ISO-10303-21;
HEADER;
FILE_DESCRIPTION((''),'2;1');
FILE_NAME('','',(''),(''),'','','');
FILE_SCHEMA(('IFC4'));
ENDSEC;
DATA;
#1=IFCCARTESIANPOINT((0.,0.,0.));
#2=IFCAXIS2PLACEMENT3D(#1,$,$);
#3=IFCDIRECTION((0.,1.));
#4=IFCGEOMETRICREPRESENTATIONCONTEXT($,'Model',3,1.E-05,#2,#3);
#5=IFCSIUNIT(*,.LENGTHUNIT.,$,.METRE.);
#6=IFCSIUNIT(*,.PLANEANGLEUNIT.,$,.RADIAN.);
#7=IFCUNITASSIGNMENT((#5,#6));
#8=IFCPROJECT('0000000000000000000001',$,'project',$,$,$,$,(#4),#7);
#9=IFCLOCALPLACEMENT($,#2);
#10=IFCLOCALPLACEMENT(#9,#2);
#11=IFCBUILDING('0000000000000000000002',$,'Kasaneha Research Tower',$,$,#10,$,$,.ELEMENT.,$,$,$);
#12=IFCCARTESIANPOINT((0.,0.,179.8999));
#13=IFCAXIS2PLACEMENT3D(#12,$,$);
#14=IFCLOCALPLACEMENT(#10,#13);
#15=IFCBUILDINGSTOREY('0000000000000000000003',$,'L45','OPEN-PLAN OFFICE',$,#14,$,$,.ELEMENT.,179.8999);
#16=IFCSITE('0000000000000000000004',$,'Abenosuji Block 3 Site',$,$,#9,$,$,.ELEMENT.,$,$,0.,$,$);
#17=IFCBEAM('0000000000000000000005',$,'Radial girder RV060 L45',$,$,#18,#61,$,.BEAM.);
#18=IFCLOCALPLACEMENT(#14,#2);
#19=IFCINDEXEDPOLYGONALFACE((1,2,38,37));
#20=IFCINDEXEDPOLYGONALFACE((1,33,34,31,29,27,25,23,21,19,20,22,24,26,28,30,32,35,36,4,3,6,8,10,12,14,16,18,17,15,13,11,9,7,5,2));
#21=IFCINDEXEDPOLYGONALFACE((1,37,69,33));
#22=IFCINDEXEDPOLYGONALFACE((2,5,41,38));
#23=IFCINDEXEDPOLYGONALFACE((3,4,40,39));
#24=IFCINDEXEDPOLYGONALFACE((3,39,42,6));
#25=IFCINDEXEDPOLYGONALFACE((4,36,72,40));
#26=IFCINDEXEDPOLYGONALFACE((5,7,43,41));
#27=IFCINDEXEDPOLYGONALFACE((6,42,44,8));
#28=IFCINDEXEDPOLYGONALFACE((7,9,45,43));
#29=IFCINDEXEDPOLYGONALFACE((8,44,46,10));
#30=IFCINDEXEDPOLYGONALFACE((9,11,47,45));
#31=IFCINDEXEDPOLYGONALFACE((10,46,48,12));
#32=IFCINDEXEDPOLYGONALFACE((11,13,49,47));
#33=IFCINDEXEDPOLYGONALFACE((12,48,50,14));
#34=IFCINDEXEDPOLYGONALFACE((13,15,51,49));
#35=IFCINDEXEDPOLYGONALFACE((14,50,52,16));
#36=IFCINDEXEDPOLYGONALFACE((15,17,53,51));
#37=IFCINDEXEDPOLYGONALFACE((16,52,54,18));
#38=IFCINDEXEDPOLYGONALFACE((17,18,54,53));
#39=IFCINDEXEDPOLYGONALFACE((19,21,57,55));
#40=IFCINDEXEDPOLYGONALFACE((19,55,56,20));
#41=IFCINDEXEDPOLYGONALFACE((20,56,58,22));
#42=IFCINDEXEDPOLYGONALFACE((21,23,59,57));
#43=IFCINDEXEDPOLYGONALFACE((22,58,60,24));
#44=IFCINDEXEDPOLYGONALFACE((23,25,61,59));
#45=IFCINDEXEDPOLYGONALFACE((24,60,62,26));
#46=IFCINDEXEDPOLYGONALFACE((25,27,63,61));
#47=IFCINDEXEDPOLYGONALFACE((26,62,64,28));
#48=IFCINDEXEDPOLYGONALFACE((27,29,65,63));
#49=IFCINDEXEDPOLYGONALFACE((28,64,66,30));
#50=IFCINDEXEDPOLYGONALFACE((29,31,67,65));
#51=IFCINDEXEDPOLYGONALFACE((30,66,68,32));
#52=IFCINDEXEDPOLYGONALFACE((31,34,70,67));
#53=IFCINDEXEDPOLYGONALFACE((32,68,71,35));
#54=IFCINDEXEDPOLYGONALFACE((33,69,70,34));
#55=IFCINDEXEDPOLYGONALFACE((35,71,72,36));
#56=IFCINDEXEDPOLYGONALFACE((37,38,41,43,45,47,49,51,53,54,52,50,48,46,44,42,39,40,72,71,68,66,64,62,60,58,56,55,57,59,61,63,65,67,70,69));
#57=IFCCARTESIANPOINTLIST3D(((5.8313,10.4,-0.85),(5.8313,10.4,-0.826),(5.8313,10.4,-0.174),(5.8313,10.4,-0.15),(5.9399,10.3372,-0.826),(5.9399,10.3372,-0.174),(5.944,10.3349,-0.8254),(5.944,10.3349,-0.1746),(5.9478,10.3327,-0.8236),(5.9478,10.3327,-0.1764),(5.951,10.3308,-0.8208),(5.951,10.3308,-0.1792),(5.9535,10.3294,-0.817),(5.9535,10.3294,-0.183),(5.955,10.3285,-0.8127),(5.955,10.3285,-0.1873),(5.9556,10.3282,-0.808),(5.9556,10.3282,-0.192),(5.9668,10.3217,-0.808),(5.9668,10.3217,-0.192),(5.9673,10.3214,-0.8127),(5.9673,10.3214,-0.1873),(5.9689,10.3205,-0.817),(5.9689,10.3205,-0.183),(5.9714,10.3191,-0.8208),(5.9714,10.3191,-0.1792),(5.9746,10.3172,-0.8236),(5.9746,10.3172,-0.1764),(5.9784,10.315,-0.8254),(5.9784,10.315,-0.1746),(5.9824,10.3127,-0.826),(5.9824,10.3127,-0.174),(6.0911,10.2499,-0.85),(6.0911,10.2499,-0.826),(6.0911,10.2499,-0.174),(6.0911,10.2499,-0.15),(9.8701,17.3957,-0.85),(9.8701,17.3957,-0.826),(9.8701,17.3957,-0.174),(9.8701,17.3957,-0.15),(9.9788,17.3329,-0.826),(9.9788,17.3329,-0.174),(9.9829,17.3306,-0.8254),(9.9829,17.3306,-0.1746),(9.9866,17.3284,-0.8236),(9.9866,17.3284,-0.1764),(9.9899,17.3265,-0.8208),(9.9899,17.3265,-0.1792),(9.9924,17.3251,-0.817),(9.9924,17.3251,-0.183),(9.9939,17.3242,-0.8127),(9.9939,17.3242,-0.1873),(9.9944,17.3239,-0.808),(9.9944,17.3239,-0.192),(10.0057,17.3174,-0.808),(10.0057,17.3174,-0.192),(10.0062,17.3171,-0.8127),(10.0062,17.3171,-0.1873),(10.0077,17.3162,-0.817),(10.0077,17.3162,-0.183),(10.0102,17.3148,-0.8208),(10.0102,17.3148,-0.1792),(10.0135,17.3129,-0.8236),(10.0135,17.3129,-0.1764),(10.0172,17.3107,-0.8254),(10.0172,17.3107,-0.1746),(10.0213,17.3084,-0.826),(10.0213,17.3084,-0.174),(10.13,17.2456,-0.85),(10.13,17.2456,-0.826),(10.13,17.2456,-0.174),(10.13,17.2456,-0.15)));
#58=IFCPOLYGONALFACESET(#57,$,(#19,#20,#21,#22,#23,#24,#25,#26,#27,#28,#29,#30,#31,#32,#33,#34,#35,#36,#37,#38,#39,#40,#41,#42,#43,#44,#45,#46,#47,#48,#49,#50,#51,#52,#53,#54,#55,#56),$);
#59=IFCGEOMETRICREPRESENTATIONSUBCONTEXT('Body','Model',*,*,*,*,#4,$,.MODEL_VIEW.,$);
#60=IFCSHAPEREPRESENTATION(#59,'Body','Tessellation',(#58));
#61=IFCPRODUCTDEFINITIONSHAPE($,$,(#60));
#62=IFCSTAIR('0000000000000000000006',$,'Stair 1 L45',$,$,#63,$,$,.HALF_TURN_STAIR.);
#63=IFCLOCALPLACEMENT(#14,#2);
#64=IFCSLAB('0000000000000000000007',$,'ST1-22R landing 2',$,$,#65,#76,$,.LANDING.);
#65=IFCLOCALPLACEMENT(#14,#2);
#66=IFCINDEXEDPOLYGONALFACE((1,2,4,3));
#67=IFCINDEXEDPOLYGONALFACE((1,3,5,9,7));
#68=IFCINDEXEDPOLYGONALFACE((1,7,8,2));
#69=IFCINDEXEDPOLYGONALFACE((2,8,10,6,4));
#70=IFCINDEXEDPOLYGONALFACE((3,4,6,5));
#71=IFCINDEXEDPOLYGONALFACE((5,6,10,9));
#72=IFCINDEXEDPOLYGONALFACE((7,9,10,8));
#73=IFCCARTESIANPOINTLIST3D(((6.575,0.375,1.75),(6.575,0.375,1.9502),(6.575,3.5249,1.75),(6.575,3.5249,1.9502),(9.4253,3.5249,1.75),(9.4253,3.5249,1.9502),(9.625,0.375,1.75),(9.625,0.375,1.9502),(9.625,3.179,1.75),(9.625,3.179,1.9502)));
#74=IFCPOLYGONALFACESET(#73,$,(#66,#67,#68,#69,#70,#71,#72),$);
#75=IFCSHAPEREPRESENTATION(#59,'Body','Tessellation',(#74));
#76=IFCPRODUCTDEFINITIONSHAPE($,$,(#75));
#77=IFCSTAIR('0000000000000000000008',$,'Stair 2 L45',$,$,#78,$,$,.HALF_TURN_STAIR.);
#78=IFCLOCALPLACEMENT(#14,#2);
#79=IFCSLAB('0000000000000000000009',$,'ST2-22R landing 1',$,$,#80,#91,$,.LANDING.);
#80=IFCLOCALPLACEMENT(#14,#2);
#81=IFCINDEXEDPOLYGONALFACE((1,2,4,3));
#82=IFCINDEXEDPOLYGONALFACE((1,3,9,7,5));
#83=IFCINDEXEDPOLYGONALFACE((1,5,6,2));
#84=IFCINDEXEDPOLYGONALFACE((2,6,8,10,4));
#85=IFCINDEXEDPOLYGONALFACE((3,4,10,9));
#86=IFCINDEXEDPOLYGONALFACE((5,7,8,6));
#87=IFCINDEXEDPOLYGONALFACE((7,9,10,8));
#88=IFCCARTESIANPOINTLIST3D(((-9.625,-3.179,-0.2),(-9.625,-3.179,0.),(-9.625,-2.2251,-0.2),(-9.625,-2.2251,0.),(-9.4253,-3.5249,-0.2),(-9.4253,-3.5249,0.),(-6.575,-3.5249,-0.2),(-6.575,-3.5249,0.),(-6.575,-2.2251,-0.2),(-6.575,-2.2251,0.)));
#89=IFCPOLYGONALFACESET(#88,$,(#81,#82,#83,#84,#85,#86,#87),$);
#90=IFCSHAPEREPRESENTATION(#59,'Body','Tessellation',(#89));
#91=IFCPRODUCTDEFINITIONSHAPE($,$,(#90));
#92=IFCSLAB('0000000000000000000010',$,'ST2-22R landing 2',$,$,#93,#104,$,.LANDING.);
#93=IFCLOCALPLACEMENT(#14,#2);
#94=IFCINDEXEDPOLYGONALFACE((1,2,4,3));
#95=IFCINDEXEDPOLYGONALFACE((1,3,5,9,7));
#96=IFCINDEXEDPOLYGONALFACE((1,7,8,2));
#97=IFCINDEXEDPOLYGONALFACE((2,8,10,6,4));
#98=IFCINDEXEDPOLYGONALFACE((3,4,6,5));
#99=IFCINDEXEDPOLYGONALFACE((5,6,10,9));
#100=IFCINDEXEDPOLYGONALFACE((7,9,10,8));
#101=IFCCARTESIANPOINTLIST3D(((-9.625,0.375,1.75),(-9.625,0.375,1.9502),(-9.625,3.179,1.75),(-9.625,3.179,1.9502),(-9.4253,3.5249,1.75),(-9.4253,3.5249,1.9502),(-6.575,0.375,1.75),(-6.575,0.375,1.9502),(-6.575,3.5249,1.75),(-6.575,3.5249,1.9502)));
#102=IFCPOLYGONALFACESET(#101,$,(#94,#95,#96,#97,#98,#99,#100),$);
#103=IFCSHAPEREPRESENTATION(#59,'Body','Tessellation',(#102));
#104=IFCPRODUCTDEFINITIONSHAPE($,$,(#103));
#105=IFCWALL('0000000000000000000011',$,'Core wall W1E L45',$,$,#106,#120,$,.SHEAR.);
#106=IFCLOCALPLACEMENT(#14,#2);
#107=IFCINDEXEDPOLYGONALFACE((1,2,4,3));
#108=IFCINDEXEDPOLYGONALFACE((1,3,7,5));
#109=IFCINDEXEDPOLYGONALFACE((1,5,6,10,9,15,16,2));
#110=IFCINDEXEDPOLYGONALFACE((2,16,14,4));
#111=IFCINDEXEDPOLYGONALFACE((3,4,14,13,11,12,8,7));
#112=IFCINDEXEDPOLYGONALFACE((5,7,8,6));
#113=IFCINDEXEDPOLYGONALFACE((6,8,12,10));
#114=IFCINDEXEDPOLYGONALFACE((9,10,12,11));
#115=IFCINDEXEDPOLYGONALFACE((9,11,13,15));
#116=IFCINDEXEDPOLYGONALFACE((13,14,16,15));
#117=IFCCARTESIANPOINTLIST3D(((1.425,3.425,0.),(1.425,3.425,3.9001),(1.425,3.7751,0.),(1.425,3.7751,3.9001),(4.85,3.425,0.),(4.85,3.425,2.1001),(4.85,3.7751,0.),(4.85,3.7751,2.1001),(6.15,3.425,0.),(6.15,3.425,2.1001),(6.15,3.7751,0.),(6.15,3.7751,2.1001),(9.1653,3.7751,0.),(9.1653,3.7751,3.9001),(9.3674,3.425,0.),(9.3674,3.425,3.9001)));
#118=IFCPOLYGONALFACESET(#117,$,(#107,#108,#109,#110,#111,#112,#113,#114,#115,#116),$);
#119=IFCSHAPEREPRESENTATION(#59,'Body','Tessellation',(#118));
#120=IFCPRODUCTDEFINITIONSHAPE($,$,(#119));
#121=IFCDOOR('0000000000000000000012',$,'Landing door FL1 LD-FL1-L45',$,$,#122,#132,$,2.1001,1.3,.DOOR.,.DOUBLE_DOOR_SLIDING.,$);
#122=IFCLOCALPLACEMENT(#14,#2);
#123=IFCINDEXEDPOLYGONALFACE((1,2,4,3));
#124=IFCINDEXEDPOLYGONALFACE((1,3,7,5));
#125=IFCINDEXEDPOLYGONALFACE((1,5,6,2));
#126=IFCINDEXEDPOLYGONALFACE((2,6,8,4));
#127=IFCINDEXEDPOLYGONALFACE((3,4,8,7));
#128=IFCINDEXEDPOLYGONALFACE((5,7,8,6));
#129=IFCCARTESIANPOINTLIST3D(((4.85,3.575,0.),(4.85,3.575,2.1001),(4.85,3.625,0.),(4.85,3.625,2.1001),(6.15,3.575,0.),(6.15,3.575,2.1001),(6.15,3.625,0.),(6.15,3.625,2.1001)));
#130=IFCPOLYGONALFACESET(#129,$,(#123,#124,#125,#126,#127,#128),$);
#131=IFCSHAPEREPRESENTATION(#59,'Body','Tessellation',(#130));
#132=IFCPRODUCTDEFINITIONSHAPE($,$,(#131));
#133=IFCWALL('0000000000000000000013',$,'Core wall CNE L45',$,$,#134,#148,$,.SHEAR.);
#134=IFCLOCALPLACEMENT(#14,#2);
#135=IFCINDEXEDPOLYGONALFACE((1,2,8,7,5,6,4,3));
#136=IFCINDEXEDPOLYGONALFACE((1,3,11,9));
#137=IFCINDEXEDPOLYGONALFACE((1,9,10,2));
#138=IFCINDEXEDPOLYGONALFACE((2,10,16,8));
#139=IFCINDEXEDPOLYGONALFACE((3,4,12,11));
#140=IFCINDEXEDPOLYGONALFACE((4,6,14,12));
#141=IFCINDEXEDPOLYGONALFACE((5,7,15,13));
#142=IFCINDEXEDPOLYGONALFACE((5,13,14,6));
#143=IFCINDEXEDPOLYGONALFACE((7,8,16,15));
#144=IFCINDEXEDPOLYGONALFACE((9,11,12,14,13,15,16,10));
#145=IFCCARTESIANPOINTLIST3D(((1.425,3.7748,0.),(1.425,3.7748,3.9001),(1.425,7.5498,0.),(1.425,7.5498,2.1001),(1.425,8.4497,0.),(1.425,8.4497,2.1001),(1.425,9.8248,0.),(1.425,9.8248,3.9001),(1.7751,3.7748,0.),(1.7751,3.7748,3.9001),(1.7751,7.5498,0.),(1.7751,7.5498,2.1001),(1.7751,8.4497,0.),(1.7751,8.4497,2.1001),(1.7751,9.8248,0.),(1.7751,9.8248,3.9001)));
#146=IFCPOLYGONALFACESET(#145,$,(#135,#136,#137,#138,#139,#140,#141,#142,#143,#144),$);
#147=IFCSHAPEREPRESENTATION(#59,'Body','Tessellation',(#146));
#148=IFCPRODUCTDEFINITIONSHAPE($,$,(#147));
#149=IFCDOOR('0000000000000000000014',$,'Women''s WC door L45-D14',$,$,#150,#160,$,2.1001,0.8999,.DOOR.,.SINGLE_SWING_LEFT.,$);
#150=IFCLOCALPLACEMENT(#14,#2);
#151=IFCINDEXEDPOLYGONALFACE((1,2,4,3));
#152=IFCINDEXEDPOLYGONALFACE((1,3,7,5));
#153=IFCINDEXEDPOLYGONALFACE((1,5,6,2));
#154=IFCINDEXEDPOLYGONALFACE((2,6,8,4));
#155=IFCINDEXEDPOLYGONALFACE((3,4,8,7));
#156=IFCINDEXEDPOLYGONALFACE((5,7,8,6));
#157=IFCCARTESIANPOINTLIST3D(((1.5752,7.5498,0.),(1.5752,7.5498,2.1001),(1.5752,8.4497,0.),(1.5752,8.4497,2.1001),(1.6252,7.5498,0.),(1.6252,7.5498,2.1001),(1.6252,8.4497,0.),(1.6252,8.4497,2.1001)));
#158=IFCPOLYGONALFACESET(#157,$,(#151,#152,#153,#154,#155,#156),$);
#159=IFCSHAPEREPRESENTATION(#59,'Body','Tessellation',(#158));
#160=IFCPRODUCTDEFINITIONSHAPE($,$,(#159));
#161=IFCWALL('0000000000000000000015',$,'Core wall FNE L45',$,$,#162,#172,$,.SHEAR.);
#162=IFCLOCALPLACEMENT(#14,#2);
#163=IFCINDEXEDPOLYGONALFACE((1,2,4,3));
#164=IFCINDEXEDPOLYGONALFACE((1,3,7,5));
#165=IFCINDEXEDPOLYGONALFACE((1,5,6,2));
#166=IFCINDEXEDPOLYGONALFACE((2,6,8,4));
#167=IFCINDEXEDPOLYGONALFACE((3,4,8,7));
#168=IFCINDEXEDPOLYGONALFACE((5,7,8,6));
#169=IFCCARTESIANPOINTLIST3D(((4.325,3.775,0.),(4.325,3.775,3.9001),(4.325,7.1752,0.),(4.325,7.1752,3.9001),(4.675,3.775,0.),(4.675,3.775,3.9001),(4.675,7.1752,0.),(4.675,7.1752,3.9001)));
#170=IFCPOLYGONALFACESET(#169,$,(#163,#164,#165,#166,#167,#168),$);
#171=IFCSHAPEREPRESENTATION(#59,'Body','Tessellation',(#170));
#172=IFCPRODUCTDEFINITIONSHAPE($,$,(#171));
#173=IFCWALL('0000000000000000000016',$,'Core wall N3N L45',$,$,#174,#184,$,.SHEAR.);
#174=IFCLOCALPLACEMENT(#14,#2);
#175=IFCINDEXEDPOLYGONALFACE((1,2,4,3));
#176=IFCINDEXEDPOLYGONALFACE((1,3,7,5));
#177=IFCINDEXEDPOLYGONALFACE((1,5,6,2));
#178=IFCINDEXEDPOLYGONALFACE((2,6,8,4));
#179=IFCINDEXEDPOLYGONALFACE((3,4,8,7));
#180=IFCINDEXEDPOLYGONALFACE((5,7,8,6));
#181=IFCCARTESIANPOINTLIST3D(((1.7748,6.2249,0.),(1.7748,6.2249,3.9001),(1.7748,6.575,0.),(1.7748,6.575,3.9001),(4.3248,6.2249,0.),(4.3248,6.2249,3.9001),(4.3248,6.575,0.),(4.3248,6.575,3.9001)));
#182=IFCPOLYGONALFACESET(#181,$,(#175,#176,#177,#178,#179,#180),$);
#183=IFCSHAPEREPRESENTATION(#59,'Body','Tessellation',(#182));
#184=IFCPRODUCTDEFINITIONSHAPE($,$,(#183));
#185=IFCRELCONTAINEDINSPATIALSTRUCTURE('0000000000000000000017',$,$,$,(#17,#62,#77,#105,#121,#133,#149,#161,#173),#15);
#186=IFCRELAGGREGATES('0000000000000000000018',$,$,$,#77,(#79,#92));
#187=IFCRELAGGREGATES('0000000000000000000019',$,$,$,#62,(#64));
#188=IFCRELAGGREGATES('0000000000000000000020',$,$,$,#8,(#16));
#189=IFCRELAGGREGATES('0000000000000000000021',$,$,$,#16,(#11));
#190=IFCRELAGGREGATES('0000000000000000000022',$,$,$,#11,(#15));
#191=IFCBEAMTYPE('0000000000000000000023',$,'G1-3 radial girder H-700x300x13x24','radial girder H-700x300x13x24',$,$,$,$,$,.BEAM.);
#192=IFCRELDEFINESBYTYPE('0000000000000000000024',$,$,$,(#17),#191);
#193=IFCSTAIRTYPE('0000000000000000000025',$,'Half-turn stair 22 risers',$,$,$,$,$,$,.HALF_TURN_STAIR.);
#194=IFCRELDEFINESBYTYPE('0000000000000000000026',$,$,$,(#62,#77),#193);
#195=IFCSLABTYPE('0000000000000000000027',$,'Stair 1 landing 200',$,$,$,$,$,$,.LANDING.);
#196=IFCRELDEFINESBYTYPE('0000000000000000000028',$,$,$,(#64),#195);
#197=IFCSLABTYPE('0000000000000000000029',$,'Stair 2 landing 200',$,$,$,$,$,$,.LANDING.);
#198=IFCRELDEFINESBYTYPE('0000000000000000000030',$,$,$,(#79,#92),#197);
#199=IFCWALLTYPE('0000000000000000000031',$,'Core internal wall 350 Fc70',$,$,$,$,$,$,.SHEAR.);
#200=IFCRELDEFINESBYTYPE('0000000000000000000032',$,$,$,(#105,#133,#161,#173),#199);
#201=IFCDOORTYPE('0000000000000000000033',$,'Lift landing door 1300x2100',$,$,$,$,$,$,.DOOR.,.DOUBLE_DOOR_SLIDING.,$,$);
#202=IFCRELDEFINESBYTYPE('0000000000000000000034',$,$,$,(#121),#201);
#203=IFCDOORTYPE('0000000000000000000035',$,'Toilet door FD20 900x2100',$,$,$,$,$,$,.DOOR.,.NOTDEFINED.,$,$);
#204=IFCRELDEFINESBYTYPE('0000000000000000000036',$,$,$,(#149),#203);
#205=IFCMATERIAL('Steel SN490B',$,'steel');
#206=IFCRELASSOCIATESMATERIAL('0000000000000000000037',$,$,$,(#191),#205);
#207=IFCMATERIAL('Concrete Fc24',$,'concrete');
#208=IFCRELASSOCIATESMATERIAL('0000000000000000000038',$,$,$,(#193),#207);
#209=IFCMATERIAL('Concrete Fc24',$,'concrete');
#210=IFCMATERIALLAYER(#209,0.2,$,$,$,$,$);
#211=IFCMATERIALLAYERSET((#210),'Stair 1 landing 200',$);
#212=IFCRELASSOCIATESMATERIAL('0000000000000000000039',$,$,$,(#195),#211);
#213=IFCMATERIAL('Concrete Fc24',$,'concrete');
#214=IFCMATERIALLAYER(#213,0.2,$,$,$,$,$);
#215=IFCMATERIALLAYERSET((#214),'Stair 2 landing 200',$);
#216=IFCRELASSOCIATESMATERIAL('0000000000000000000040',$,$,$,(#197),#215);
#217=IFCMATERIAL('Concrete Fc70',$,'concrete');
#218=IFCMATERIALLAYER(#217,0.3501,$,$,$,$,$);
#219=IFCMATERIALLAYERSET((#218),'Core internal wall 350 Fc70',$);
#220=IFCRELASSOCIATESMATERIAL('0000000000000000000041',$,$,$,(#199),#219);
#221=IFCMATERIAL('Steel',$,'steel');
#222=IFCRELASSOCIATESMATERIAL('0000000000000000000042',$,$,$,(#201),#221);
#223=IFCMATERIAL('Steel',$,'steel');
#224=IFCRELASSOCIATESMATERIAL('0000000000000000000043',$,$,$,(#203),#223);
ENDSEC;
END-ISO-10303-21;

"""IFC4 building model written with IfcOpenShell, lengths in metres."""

from ifc_helpers import new_model, si_unit, direction, frame, frame_2d, origin, origin_2d, place, context, subcontext, project, spatial, polyline, rectangle, i_section, outline, extrude, material, layer, layer_set, material_profile, profile_set, type_object, element, fill, aggregate, save


model = new_model("IFC4")

# Units and contexts
model_context = context("Model", 3, precision=1e-05, world=origin(), true_north=direction((0.0, 1.0)))
body_context = subcontext(model_context, "Body", "Model", "MODEL_VIEW")
ifc_project = project(units=[si_unit("LENGTHUNIT", "METRE"), si_unit("PLANEANGLEUNIT", "RADIAN")], contexts=[model_context])

# Site, building, storey
site_placement = place(None, origin())
site = spatial("IfcSite", under=ifc_project, at=site_placement, Name="Abenosuji Block 3 Site", CompositionType="ELEMENT", RefElevation=0.0)
building_placement = place(site_placement, origin())
building = spatial("IfcBuilding", under=site, at=building_placement, Name="Kasaneha Research Tower", CompositionType="ELEMENT")
storey_placement = place(building_placement, frame((0.0, 0.0, 179.8999)))
storey = spatial("IfcBuildingStorey", under=building, at=storey_placement, Name="L45", Description="OPEN-PLAN OFFICE", CompositionType="ELEMENT", Elevation=179.8999)

# Beam
ifc_material_1 = material(Name="Steel SN490B", Category="steel")
ifc_material_profile = material_profile(ifc_material_1, i_section(OverallWidth=0.3, OverallDepth=0.7, WebThickness=0.0129, FlangeThickness=0.0239, FilletRadius=0.0181, at=origin_2d()), Name="H-700x300x13x24")
ifc_profile_set = profile_set([ifc_material_profile], Name="Steel SN490B")
beam_type = type_object("IfcBeamType", Name="G1-3 radial girder H-700x300x13x24", Description="radial girder H-700x300x13x24", PredefinedType="BEAM", material=ifc_profile_set)
beam_placement = place(storey_placement, frame((5.9612, 10.325, -0.5), z_axis=(0.499991, 0.866031, 0.0), x_axis=(-0.866031, 0.499991, 0.0)))
element("IfcBeam", 1, at=beam_placement, inside=storey, type_object=beam_type, Name="Radial girder RV060 L45", PredefinedType="BEAM", context=body_context, shape_type="SweptSolid", body=[
    extrude(i_section(OverallWidth=0.3, OverallDepth=0.7, WebThickness=0.0129, FlangeThickness=0.0239, FilletRadius=0.0181, at=origin_2d()), origin(), (0.0, 0.0, 1.0), 8.0779),
])

# Stair, slab
ifc_material_2 = material(Name="Concrete Fc24", Category="concrete")
stair_type = type_object("IfcStairType", Name="Half-turn stair 22 risers", PredefinedType="HALF_TURN_STAIR", material=ifc_material_2)
stair_1_placement = place(storey_placement, origin())
stair_1 = element("IfcStair", 2, at=stair_1_placement, inside=storey, type_object=stair_type, Name="Stair 1 L45", PredefinedType="HALF_TURN_STAIR")
ifc_material_3 = material(Name="Concrete Fc24", Category="concrete")
ifc_layer_1 = layer(ifc_material_3, 0.2)
ifc_layer_set_1 = layer_set([ifc_layer_1], Name="Stair 1 landing 200")
slab_type_1 = type_object("IfcSlabType", Name="Stair 1 landing 200", PredefinedType="LANDING", material=ifc_layer_set_1)
slab_1_placement = place(storey_placement, frame((0.0, 0.0, 1.75)))
slab_1 = element("IfcSlab", 3, at=slab_1_placement, type_object=slab_type_1, Name="ST1-22R landing 2", PredefinedType="LANDING", context=body_context, shape_type="SweptSolid", body=[
    extrude(outline(polyline([(6.575, 3.5249), (9.4253, 3.5249), (9.625, 3.179), (9.625, 0.375), (6.575, 0.375), (6.575, 3.5249)])), origin(), (0.0, 0.0, 1.0), 0.2002),
])

# Stair, slabs
stair_2_placement = place(storey_placement, origin())
stair_2 = element("IfcStair", 4, at=stair_2_placement, inside=storey, type_object=stair_type, Name="Stair 2 L45", PredefinedType="HALF_TURN_STAIR")
ifc_material_4 = material(Name="Concrete Fc24", Category="concrete")
ifc_layer_2 = layer(ifc_material_4, 0.2)
ifc_layer_set_2 = layer_set([ifc_layer_2], Name="Stair 2 landing 200")
slab_type_2 = type_object("IfcSlabType", Name="Stair 2 landing 200", PredefinedType="LANDING", material=ifc_layer_set_2)
slab_2_placement = place(storey_placement, frame((0.0, 0.0, -0.2)))
slab_2 = element("IfcSlab", 5, at=slab_2_placement, type_object=slab_type_2, Name="ST2-22R landing 1", PredefinedType="LANDING", context=body_context, shape_type="SweptSolid", body=[
    extrude(outline(polyline([(-6.575, -3.5249), (-9.4253, -3.5249), (-9.625, -3.179), (-9.625, -2.2251), (-6.575, -2.2251), (-6.575, -3.5249)])), origin(), (0.0, 0.0, 1.0), 0.2),
])
slab_3_placement = place(storey_placement, frame((0.0, 0.0, 1.75)))
slab_3 = element("IfcSlab", 6, at=slab_3_placement, type_object=slab_type_2, Name="ST2-22R landing 2", PredefinedType="LANDING", context=body_context, shape_type="SweptSolid", body=[
    extrude(outline(polyline([(-6.575, 0.375), (-9.625, 0.375), (-9.625, 3.179), (-9.4253, 3.5249), (-6.575, 3.5249), (-6.575, 0.375)])), origin(), (0.0, 0.0, 1.0), 0.2002),
])
aggregate(stair_2, [slab_2, slab_3])

# Walls, openings, doors
ifc_material_5 = material(Name="Concrete Fc70", Category="concrete")
ifc_layer_3 = layer(ifc_material_5, 0.3501)
ifc_layer_set_3 = layer_set([ifc_layer_3], Name="Core internal wall 350 Fc70")
wall_type_1 = type_object("IfcWallType", Name="Core internal wall 350 Fc70", PredefinedType="SHEAR", material=ifc_layer_set_3)
wall_1_placement = place(storey_placement, frame((1.425, 3.6001, 0.0), z_axis=(0.0, 0.0, 1.0), x_axis=(1.0, 0.0, 0.0)))
wall_1 = element("IfcWall", 7, at=wall_1_placement, inside=storey, type_object=wall_type_1, Name="Core wall W1E L45", PredefinedType="SHEAR", context=body_context, shape_type="SweptSolid", body=[
    extrude(outline(polyline([(0.0, -0.175), (3.425, -0.175), (4.7251, -0.175), (7.9424, -0.175), (7.7402, 0.175), (4.7251, 0.175), (3.425, 0.175), (0.0, 0.175), (0.0, -0.175)])), origin(), (0.0, 0.0, 1.0), 3.9001),
])
opening_1_placement = place(wall_1_placement, frame((3.425, 0.0, 0.0)))
opening_1 = element("IfcOpeningElement", 8, at=opening_1_placement, cuts=wall_1, PredefinedType="OPENING", context=body_context, shape_type="SweptSolid", body=[
    extrude(rectangle(XDim=1.3, YDim=2.1001, at=frame_2d((0.6499, 1.05))), frame((0.0, 0.1851, 0.0), z_axis=(0.0, -1.0, 0.0), x_axis=(1.0, 0.0, 0.0)), (0.0, 0.0, 1.0), 0.3701),
])
ifc_material_6 = material(Name="Steel", Category="steel")
door_type_1 = type_object("IfcDoorType", Name="Lift landing door 1300x2100", OperationType="DOUBLE_DOOR_SLIDING", PredefinedType="DOOR", material=ifc_material_6)
door_1_placement = place(opening_1_placement, origin())
door_1 = element("IfcDoor", 9, at=door_1_placement, inside=storey, type_object=door_type_1, Name="Landing door FL1 LD-FL1-L45", OperationType="DOUBLE_DOOR_SLIDING", OverallHeight=2.1001, OverallWidth=1.3, PredefinedType="DOOR", context=body_context, shape_type="SweptSolid", body=[
    extrude(rectangle(XDim=1.3, YDim=2.1001, at=frame_2d((0.6499, 1.05))), frame((0.0, 0.0249, 0.0), z_axis=(0.0, -1.0, 0.0), x_axis=(1.0, 0.0, 0.0)), (0.0, 0.0, 1.0), 0.05),
])
fill(opening_1, door_1)
wall_2_placement = place(storey_placement, frame((1.6001, 3.7749, 0.0), z_axis=(0.0, 0.0, 1.0), x_axis=(0.0, 1.0, 0.0)))
wall_2 = element("IfcWall", 10, at=wall_2_placement, inside=storey, type_object=wall_type_1, Name="Core wall CNE L45", PredefinedType="SHEAR", context=body_context, shape_type="SweptSolid", body=[
    extrude(rectangle(XDim=6.05, YDim=0.3501, at=frame_2d((3.0249, 0.0))), origin(), (0.0, 0.0, 1.0), 3.9001),
])
opening_2_placement = place(wall_2_placement, frame((3.7749, 0.0, 0.0)))
opening_2 = element("IfcOpeningElement", 11, at=opening_2_placement, cuts=wall_2, PredefinedType="OPENING", context=body_context, shape_type="SweptSolid", body=[
    extrude(rectangle(XDim=0.8999, YDim=2.1001, at=frame_2d((0.45, 1.05))), frame((0.0, 0.1851, 0.0), z_axis=(0.0, -1.0, 0.0), x_axis=(1.0, 0.0, 0.0)), (0.0, 0.0, 1.0), 0.3701),
])
ifc_material_7 = material(Name="Steel", Category="steel")
door_type_2 = type_object("IfcDoorType", Name="Toilet door FD20 900x2100", OperationType="NOTDEFINED", PredefinedType="DOOR", material=ifc_material_7)
door_2_placement = place(opening_2_placement, origin())
door_2 = element("IfcDoor", 12, at=door_2_placement, inside=storey, type_object=door_type_2, Name="Women's WC door L45-D14", OperationType="SINGLE_SWING_LEFT", OverallHeight=2.1001, OverallWidth=0.8999, PredefinedType="DOOR", context=body_context, shape_type="SweptSolid", body=[
    extrude(rectangle(XDim=0.8999, YDim=2.1001, at=frame_2d((0.45, 1.05))), frame((0.0, 0.0249, 0.0), z_axis=(0.0, -1.0, 0.0), x_axis=(1.0, 0.0, 0.0)), (0.0, 0.0, 1.0), 0.05),
])
fill(opening_2, door_2)

# Walls
wall_3_placement = place(storey_placement, frame((4.5, 3.7749, 0.0), z_axis=(0.0, 0.0, 1.0), x_axis=(0.0, 1.0, 0.0)))
element("IfcWall", 13, at=wall_3_placement, inside=storey, type_object=wall_type_1, Name="Core wall FNE L45", PredefinedType="SHEAR", context=body_context, shape_type="SweptSolid", body=[
    extrude(rectangle(XDim=3.4001, YDim=0.3501, at=frame_2d((1.7002, 0.0))), origin(), (0.0, 0.0, 1.0), 3.9001),
])
wall_4_placement = place(storey_placement, frame((1.7749, 6.3999, 0.0), z_axis=(0.0, 0.0, 1.0), x_axis=(1.0, 0.0, 0.0)))
element("IfcWall", 14, at=wall_4_placement, inside=storey, type_object=wall_type_1, Name="Core wall N3N L45", PredefinedType="SHEAR", context=body_context, shape_type="SweptSolid", body=[
    extrude(rectangle(XDim=2.55, YDim=0.3501, at=frame_2d((1.2749, 0.0))), origin(), (0.0, 0.0, 1.0), 3.9001),
])

aggregate(stair_1, [slab_1])

save(model, "model.ifc")
